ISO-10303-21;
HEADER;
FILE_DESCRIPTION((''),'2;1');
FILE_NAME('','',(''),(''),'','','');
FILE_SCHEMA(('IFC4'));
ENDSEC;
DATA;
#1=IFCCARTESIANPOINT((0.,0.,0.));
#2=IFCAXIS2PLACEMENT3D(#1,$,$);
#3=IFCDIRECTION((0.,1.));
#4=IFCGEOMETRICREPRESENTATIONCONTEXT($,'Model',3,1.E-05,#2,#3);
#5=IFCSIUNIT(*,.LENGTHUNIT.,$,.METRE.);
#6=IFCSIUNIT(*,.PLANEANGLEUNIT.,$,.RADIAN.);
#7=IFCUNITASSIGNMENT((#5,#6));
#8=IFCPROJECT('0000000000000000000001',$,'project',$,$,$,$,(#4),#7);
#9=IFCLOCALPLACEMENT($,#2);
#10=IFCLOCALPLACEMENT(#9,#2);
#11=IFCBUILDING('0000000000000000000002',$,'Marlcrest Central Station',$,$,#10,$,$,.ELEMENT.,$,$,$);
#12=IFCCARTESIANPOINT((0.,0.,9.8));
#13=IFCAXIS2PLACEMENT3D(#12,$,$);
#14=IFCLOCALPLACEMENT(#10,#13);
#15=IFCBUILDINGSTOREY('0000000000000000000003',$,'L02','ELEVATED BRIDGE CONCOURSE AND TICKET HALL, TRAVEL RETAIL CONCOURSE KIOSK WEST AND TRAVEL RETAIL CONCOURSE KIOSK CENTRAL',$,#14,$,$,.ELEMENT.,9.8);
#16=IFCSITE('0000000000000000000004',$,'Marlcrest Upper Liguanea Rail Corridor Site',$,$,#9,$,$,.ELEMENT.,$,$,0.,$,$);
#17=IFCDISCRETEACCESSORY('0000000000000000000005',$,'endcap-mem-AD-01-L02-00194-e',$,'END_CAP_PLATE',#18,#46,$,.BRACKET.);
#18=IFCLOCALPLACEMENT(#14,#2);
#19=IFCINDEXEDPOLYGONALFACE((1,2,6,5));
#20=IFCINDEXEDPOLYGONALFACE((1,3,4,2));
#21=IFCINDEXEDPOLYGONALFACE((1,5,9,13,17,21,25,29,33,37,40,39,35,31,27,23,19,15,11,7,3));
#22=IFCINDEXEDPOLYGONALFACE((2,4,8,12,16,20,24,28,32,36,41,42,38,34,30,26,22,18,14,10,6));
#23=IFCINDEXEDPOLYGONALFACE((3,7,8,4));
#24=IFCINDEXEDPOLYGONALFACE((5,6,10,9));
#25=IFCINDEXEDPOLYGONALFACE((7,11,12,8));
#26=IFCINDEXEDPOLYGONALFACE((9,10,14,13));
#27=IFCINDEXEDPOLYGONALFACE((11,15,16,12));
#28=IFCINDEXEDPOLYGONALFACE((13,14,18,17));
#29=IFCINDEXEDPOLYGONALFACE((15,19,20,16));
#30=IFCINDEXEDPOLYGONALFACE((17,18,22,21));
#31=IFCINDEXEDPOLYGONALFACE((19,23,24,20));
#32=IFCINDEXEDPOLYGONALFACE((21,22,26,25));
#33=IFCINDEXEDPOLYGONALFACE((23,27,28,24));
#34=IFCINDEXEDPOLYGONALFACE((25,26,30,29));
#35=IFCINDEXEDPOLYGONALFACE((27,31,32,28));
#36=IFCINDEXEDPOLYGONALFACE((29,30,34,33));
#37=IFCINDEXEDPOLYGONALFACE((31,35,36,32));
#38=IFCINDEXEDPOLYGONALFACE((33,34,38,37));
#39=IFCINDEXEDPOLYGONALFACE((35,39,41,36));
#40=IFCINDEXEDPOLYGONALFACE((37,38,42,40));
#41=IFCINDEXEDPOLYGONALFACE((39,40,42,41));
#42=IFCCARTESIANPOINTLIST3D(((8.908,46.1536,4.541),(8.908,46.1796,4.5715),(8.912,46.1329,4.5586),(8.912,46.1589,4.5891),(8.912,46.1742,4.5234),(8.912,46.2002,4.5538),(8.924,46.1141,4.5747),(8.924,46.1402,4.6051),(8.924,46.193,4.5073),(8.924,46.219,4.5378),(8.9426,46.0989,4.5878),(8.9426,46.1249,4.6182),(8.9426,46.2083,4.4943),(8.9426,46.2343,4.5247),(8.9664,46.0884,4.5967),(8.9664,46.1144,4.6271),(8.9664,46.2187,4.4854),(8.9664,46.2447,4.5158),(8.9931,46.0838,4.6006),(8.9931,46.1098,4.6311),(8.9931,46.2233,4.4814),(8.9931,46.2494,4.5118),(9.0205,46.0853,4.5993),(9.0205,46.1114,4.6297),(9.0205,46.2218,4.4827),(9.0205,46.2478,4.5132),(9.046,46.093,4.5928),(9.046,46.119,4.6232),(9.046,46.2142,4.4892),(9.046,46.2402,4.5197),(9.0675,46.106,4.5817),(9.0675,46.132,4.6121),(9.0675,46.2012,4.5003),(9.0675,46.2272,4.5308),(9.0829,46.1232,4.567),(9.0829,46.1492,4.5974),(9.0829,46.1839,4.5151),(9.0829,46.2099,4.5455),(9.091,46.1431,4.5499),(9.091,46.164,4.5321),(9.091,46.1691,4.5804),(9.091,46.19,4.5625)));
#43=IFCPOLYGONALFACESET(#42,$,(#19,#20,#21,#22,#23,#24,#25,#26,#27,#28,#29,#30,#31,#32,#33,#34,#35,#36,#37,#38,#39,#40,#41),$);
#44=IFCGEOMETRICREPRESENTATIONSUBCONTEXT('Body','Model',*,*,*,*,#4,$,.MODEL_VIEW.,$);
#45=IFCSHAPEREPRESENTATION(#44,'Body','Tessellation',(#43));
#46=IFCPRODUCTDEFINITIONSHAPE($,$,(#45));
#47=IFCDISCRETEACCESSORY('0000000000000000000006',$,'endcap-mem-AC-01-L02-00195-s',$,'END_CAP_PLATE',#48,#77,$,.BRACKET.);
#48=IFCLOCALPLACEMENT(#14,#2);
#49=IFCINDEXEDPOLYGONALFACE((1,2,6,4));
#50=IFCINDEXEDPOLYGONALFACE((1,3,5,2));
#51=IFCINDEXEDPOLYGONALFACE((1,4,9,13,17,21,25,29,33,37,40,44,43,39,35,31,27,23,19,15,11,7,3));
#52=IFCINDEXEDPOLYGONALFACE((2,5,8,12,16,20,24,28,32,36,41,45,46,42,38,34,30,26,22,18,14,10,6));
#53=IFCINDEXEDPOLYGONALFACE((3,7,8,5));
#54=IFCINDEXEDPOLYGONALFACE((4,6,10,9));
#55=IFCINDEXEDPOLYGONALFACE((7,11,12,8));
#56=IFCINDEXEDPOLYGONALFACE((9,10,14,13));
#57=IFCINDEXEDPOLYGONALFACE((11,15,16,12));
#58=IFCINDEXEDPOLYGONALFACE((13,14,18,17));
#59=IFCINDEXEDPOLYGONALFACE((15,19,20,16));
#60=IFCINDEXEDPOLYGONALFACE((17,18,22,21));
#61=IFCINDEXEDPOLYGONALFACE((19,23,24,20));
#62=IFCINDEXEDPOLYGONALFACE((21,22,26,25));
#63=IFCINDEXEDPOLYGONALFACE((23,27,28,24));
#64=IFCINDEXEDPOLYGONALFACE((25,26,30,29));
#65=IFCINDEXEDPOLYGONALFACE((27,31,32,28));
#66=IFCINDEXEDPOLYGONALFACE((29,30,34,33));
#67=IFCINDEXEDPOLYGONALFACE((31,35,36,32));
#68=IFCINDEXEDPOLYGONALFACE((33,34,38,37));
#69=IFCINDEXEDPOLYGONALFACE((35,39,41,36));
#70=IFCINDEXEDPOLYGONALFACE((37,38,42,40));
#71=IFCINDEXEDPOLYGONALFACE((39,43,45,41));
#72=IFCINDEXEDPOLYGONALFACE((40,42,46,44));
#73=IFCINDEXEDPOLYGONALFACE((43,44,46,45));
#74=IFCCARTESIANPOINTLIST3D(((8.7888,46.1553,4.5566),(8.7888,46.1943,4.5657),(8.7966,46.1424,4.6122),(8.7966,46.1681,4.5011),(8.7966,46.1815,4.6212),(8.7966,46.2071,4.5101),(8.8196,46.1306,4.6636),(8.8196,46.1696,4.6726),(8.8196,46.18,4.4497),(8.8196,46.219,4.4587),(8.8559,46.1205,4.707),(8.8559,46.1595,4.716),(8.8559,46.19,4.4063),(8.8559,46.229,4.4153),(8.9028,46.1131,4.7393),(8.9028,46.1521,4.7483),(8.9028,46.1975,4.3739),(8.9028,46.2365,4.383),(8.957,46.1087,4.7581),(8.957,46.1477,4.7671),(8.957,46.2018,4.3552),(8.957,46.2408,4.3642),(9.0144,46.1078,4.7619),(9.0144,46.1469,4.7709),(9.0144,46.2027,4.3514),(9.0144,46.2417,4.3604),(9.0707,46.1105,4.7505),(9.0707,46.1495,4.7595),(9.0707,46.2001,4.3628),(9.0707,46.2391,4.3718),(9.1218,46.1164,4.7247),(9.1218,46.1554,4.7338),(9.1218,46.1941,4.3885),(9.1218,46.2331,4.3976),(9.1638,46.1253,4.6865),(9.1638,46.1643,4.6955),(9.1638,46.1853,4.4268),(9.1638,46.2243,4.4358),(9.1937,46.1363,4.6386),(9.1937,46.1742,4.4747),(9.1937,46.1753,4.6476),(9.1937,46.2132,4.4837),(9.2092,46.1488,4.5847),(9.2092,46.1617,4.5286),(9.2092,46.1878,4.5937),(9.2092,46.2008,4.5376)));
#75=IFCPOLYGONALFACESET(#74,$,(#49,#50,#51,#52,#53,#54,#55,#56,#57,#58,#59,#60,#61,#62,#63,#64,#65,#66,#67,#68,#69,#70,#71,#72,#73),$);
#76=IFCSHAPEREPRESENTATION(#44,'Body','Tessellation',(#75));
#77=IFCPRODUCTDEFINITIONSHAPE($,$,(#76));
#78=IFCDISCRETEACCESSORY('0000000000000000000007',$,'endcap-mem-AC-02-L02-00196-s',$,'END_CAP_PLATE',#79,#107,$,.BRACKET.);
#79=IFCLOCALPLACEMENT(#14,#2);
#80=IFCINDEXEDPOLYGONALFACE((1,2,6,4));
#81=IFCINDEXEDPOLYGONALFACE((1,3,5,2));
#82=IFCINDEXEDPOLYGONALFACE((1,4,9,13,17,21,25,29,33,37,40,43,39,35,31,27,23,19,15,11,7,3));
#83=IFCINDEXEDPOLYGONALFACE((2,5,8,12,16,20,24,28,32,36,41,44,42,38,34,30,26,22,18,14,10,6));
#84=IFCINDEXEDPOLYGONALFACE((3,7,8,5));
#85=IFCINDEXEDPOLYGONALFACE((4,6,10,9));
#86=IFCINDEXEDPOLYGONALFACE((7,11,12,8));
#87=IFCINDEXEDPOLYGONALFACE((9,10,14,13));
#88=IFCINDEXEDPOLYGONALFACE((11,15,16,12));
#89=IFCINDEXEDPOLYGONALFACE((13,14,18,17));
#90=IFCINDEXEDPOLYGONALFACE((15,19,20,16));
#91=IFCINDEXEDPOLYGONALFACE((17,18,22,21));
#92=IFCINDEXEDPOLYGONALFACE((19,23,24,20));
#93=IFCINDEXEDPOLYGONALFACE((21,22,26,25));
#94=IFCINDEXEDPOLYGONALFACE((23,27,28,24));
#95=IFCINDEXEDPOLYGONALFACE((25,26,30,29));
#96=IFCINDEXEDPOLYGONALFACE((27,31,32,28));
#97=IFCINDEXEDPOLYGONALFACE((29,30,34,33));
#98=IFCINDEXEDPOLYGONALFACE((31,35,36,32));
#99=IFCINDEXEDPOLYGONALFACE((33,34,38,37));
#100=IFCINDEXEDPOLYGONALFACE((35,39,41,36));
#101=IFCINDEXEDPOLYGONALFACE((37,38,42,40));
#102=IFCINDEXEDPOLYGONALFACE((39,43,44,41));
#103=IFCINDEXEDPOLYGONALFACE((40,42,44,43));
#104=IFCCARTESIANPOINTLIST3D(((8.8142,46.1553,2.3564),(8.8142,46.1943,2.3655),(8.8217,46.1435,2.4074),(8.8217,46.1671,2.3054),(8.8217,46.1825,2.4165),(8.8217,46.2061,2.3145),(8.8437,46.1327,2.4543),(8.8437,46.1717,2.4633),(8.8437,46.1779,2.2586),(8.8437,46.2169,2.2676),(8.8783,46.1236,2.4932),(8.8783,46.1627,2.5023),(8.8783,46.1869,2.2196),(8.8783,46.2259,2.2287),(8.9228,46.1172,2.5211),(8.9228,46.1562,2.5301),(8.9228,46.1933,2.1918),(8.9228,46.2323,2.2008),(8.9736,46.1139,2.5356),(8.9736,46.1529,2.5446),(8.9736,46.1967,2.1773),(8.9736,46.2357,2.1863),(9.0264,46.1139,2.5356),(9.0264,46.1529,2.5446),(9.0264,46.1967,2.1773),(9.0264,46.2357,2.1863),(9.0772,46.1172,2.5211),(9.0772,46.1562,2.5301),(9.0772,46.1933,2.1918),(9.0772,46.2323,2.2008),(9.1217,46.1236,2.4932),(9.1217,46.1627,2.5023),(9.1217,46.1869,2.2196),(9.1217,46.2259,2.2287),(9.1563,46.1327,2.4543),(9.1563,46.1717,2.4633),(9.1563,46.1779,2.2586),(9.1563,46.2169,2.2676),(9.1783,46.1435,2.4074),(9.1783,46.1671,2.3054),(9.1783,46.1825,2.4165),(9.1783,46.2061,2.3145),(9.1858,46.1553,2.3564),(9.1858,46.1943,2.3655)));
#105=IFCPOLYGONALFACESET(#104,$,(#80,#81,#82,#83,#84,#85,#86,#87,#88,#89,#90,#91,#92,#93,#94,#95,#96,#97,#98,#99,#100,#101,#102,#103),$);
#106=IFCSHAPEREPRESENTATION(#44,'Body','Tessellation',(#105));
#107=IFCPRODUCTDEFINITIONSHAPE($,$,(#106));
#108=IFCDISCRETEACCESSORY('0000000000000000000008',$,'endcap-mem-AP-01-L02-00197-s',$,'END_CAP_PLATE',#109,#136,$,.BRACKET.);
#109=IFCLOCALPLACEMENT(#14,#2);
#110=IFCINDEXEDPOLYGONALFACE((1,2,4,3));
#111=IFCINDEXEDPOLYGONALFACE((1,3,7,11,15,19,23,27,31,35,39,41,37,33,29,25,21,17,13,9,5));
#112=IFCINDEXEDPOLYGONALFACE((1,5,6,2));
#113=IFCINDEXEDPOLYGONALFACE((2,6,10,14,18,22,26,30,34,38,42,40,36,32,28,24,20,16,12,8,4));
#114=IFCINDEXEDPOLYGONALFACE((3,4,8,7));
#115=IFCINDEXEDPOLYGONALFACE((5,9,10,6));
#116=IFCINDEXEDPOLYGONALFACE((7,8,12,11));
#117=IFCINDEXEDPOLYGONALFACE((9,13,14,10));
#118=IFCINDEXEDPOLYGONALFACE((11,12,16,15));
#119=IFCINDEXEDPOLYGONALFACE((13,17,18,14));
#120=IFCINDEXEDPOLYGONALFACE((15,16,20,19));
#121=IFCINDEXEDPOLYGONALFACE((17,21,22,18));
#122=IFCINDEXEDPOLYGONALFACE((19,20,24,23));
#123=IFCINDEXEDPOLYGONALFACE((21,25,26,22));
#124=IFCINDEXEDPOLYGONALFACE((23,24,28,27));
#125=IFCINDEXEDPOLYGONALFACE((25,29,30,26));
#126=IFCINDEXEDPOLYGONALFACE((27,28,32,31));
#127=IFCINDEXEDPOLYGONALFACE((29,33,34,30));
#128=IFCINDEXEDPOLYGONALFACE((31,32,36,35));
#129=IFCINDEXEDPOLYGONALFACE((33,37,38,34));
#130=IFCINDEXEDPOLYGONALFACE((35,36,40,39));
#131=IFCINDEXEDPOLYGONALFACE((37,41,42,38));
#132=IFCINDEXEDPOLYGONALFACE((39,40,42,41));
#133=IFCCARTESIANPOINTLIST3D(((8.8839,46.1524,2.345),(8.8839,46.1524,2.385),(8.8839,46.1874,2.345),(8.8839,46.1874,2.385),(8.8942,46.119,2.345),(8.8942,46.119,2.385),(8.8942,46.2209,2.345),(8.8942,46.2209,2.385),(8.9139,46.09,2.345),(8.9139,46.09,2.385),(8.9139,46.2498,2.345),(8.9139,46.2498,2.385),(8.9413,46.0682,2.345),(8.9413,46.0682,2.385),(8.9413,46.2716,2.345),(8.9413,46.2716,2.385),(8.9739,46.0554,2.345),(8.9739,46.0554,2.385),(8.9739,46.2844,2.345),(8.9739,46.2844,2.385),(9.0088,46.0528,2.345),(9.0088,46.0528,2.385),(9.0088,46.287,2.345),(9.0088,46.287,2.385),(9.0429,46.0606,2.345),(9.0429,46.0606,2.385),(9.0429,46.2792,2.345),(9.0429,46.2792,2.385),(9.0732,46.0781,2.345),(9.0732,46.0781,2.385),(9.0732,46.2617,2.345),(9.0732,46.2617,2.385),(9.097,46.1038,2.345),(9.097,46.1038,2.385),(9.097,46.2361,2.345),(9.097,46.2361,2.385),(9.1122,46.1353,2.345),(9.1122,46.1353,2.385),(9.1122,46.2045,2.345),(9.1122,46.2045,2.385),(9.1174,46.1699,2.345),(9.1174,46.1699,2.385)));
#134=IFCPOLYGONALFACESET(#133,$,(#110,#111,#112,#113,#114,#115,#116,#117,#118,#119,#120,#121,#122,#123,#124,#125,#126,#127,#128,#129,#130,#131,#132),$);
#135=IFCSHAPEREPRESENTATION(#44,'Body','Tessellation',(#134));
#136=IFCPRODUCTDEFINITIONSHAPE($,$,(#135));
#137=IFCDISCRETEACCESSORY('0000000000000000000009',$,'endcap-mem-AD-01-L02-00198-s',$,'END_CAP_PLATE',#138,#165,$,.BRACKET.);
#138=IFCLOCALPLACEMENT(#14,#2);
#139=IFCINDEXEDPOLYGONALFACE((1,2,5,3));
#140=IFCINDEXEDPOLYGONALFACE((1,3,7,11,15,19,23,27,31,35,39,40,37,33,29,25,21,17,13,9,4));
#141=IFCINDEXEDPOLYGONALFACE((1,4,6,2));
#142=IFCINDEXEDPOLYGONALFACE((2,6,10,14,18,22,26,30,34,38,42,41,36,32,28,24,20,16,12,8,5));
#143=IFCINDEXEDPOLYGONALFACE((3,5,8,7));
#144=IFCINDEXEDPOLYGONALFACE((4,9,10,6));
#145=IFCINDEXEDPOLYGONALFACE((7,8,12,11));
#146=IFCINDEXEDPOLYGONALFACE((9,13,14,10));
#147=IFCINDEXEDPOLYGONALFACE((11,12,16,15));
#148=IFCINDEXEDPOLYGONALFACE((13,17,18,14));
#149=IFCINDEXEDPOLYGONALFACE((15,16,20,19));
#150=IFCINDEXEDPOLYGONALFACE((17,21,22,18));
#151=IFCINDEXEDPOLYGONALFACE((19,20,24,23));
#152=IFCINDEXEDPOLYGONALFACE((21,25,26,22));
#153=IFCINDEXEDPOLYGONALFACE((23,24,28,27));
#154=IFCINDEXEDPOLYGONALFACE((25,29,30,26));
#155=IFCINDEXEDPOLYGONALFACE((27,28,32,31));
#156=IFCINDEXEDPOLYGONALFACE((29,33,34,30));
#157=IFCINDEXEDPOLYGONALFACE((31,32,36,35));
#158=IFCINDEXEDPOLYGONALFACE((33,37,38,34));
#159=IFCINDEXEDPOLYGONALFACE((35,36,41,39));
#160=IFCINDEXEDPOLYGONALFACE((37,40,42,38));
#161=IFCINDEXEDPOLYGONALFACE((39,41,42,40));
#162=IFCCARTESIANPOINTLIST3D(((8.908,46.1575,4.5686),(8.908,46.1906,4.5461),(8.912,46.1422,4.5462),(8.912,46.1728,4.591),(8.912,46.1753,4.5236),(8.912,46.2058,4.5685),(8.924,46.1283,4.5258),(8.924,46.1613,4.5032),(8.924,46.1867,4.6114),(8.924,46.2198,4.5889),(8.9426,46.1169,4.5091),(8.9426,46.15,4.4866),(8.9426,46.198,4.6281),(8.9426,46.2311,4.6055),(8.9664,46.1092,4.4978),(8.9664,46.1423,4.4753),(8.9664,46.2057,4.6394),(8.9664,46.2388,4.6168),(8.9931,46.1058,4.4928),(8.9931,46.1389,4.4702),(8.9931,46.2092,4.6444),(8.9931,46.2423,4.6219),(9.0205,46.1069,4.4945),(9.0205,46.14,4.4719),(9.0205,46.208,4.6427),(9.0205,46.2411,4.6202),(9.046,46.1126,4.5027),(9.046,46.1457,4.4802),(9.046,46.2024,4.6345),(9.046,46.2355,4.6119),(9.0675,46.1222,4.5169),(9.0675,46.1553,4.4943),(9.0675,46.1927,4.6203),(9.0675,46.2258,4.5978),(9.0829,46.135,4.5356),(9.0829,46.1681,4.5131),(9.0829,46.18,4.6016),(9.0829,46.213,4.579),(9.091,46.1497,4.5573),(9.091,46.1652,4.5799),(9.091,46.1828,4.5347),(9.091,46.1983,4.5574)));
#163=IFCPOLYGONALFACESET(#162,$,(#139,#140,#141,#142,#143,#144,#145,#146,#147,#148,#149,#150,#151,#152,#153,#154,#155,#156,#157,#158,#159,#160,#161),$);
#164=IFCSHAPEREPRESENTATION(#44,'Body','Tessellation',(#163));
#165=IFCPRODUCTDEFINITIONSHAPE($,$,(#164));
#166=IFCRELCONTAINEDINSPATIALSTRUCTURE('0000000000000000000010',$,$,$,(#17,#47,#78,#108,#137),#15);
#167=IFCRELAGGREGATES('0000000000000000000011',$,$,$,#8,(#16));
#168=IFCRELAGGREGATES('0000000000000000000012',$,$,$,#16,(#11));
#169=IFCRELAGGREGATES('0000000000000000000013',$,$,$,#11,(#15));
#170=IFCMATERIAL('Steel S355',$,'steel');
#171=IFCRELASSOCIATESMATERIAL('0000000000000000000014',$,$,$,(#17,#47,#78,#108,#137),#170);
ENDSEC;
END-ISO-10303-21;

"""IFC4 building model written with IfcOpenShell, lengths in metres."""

from ifc_helpers import new_model, si_unit, direction, frame, origin, origin_2d, place, context, subcontext, project, spatial, circle, extrude, material, element, save


model = new_model("IFC4")

# Units and contexts
model_context = context("Model", 3, precision=1e-05, world=origin(), true_north=direction((0.0, 1.0)))
body_context = subcontext(model_context, "Body", "Model", "MODEL_VIEW")
ifc_project = project(units=[si_unit("LENGTHUNIT", "METRE"), si_unit("PLANEANGLEUNIT", "RADIAN")], contexts=[model_context])

# Site, building, storey
site_placement = place(None, origin())
site = spatial("IfcSite", under=ifc_project, at=site_placement, Name="Marlcrest Upper Liguanea Rail Corridor Site", CompositionType="ELEMENT", RefElevation=0.0)
building_placement = place(site_placement, origin())
building = spatial("IfcBuilding", under=site, at=building_placement, Name="Marlcrest Central Station", CompositionType="ELEMENT")
storey_placement = place(building_placement, frame((0.0, 0.0, 9.8)))
storey = spatial("IfcBuildingStorey", under=building, at=storey_placement, Name="L02", Description="ELEVATED BRIDGE CONCOURSE AND TICKET HALL, TRAVEL RETAIL CONCOURSE KIOSK WEST AND TRAVEL RETAIL CONCOURSE KIOSK CENTRAL", CompositionType="ELEMENT", Elevation=9.8)

# Shared definitions
ifc_material_1 = material(Name="Steel S355", Category="steel")

# Discrete accessories
for number, where, z_axis, x_axis, name in (
    (1, (9.0, 46.1536, 4.541), (0.0, 0.649625, 0.760255), (-1.0, 0.0, 0.0), "endcap-mem-AD-01-L02-00194-e"),
):
    element("IfcDiscreteAccessory", number, at=place(storey_placement, frame(where, z_axis=z_axis, x_axis=x_axis)), inside=storey, material=ifc_material_1, Name=name, ObjectType="END_CAP_PLATE", PredefinedType="BRACKET", context=body_context, shape_type="SweptSolid", body=[
        extrude(circle(Radius=0.092, at=origin_2d()), origin(), (0.0, 0.0, 1.0), 0.04),
    ])
discrete_accessory_1_placement = place(storey_placement, frame((9.0, 46.1553, 4.5566), z_axis=(0.0, 0.97433, 0.225126), x_axis=(-1.0, 0.0, 0.0)))
element("IfcDiscreteAccessory", 2, at=discrete_accessory_1_placement, inside=storey, material=ifc_material_1, Name="endcap-mem-AC-01-L02-00195-s", ObjectType="END_CAP_PLATE", PredefinedType="BRACKET", context=body_context, shape_type="SweptSolid", body=[
    extrude(circle(Radius=0.2112, at=origin_2d()), origin(), (0.0, 0.0, 1.0), 0.04),
])
discrete_accessory_2_placement = place(storey_placement, frame((9.0, 46.1553, 2.3564), z_axis=(0.0, 0.974308, 0.22522), x_axis=(-1.0, 0.0, 0.0)))
element("IfcDiscreteAccessory", 3, at=discrete_accessory_2_placement, inside=storey, material=ifc_material_1, Name="endcap-mem-AC-02-L02-00196-s", ObjectType="END_CAP_PLATE", PredefinedType="BRACKET", context=body_context, shape_type="SweptSolid", body=[
    extrude(circle(Radius=0.1858, at=origin_2d()), origin(), (0.0, 0.0, 1.0), 0.04),
])
discrete_accessory_3_placement = place(storey_placement, frame((9.0, 46.1699, 2.345), z_axis=(0.0, 0.0, 1.0), x_axis=(1.0, 0.0, 0.0)))
element("IfcDiscreteAccessory", 4, at=discrete_accessory_3_placement, inside=storey, material=ifc_material_1, Name="endcap-mem-AP-01-L02-00197-s", ObjectType="END_CAP_PLATE", PredefinedType="BRACKET", context=body_context, shape_type="SweptSolid", body=[
    extrude(circle(Radius=0.1174, at=origin_2d()), origin(), (0.0, 0.0, 1.0), 0.04),
])
discrete_accessory_4_placement = place(storey_placement, frame((9.0, 46.1575, 4.5686), z_axis=(0.0, 0.826263, -0.563285), x_axis=(-1.0, 0.0, 0.0)))
element("IfcDiscreteAccessory", 5, at=discrete_accessory_4_placement, inside=storey, material=ifc_material_1, Name="endcap-mem-AD-01-L02-00198-s", ObjectType="END_CAP_PLATE", PredefinedType="BRACKET", context=body_context, shape_type="SweptSolid", body=[
    extrude(circle(Radius=0.092, at=origin_2d()), origin(), (0.0, 0.0, 1.0), 0.04),
])

save(model, "model.ifc")
